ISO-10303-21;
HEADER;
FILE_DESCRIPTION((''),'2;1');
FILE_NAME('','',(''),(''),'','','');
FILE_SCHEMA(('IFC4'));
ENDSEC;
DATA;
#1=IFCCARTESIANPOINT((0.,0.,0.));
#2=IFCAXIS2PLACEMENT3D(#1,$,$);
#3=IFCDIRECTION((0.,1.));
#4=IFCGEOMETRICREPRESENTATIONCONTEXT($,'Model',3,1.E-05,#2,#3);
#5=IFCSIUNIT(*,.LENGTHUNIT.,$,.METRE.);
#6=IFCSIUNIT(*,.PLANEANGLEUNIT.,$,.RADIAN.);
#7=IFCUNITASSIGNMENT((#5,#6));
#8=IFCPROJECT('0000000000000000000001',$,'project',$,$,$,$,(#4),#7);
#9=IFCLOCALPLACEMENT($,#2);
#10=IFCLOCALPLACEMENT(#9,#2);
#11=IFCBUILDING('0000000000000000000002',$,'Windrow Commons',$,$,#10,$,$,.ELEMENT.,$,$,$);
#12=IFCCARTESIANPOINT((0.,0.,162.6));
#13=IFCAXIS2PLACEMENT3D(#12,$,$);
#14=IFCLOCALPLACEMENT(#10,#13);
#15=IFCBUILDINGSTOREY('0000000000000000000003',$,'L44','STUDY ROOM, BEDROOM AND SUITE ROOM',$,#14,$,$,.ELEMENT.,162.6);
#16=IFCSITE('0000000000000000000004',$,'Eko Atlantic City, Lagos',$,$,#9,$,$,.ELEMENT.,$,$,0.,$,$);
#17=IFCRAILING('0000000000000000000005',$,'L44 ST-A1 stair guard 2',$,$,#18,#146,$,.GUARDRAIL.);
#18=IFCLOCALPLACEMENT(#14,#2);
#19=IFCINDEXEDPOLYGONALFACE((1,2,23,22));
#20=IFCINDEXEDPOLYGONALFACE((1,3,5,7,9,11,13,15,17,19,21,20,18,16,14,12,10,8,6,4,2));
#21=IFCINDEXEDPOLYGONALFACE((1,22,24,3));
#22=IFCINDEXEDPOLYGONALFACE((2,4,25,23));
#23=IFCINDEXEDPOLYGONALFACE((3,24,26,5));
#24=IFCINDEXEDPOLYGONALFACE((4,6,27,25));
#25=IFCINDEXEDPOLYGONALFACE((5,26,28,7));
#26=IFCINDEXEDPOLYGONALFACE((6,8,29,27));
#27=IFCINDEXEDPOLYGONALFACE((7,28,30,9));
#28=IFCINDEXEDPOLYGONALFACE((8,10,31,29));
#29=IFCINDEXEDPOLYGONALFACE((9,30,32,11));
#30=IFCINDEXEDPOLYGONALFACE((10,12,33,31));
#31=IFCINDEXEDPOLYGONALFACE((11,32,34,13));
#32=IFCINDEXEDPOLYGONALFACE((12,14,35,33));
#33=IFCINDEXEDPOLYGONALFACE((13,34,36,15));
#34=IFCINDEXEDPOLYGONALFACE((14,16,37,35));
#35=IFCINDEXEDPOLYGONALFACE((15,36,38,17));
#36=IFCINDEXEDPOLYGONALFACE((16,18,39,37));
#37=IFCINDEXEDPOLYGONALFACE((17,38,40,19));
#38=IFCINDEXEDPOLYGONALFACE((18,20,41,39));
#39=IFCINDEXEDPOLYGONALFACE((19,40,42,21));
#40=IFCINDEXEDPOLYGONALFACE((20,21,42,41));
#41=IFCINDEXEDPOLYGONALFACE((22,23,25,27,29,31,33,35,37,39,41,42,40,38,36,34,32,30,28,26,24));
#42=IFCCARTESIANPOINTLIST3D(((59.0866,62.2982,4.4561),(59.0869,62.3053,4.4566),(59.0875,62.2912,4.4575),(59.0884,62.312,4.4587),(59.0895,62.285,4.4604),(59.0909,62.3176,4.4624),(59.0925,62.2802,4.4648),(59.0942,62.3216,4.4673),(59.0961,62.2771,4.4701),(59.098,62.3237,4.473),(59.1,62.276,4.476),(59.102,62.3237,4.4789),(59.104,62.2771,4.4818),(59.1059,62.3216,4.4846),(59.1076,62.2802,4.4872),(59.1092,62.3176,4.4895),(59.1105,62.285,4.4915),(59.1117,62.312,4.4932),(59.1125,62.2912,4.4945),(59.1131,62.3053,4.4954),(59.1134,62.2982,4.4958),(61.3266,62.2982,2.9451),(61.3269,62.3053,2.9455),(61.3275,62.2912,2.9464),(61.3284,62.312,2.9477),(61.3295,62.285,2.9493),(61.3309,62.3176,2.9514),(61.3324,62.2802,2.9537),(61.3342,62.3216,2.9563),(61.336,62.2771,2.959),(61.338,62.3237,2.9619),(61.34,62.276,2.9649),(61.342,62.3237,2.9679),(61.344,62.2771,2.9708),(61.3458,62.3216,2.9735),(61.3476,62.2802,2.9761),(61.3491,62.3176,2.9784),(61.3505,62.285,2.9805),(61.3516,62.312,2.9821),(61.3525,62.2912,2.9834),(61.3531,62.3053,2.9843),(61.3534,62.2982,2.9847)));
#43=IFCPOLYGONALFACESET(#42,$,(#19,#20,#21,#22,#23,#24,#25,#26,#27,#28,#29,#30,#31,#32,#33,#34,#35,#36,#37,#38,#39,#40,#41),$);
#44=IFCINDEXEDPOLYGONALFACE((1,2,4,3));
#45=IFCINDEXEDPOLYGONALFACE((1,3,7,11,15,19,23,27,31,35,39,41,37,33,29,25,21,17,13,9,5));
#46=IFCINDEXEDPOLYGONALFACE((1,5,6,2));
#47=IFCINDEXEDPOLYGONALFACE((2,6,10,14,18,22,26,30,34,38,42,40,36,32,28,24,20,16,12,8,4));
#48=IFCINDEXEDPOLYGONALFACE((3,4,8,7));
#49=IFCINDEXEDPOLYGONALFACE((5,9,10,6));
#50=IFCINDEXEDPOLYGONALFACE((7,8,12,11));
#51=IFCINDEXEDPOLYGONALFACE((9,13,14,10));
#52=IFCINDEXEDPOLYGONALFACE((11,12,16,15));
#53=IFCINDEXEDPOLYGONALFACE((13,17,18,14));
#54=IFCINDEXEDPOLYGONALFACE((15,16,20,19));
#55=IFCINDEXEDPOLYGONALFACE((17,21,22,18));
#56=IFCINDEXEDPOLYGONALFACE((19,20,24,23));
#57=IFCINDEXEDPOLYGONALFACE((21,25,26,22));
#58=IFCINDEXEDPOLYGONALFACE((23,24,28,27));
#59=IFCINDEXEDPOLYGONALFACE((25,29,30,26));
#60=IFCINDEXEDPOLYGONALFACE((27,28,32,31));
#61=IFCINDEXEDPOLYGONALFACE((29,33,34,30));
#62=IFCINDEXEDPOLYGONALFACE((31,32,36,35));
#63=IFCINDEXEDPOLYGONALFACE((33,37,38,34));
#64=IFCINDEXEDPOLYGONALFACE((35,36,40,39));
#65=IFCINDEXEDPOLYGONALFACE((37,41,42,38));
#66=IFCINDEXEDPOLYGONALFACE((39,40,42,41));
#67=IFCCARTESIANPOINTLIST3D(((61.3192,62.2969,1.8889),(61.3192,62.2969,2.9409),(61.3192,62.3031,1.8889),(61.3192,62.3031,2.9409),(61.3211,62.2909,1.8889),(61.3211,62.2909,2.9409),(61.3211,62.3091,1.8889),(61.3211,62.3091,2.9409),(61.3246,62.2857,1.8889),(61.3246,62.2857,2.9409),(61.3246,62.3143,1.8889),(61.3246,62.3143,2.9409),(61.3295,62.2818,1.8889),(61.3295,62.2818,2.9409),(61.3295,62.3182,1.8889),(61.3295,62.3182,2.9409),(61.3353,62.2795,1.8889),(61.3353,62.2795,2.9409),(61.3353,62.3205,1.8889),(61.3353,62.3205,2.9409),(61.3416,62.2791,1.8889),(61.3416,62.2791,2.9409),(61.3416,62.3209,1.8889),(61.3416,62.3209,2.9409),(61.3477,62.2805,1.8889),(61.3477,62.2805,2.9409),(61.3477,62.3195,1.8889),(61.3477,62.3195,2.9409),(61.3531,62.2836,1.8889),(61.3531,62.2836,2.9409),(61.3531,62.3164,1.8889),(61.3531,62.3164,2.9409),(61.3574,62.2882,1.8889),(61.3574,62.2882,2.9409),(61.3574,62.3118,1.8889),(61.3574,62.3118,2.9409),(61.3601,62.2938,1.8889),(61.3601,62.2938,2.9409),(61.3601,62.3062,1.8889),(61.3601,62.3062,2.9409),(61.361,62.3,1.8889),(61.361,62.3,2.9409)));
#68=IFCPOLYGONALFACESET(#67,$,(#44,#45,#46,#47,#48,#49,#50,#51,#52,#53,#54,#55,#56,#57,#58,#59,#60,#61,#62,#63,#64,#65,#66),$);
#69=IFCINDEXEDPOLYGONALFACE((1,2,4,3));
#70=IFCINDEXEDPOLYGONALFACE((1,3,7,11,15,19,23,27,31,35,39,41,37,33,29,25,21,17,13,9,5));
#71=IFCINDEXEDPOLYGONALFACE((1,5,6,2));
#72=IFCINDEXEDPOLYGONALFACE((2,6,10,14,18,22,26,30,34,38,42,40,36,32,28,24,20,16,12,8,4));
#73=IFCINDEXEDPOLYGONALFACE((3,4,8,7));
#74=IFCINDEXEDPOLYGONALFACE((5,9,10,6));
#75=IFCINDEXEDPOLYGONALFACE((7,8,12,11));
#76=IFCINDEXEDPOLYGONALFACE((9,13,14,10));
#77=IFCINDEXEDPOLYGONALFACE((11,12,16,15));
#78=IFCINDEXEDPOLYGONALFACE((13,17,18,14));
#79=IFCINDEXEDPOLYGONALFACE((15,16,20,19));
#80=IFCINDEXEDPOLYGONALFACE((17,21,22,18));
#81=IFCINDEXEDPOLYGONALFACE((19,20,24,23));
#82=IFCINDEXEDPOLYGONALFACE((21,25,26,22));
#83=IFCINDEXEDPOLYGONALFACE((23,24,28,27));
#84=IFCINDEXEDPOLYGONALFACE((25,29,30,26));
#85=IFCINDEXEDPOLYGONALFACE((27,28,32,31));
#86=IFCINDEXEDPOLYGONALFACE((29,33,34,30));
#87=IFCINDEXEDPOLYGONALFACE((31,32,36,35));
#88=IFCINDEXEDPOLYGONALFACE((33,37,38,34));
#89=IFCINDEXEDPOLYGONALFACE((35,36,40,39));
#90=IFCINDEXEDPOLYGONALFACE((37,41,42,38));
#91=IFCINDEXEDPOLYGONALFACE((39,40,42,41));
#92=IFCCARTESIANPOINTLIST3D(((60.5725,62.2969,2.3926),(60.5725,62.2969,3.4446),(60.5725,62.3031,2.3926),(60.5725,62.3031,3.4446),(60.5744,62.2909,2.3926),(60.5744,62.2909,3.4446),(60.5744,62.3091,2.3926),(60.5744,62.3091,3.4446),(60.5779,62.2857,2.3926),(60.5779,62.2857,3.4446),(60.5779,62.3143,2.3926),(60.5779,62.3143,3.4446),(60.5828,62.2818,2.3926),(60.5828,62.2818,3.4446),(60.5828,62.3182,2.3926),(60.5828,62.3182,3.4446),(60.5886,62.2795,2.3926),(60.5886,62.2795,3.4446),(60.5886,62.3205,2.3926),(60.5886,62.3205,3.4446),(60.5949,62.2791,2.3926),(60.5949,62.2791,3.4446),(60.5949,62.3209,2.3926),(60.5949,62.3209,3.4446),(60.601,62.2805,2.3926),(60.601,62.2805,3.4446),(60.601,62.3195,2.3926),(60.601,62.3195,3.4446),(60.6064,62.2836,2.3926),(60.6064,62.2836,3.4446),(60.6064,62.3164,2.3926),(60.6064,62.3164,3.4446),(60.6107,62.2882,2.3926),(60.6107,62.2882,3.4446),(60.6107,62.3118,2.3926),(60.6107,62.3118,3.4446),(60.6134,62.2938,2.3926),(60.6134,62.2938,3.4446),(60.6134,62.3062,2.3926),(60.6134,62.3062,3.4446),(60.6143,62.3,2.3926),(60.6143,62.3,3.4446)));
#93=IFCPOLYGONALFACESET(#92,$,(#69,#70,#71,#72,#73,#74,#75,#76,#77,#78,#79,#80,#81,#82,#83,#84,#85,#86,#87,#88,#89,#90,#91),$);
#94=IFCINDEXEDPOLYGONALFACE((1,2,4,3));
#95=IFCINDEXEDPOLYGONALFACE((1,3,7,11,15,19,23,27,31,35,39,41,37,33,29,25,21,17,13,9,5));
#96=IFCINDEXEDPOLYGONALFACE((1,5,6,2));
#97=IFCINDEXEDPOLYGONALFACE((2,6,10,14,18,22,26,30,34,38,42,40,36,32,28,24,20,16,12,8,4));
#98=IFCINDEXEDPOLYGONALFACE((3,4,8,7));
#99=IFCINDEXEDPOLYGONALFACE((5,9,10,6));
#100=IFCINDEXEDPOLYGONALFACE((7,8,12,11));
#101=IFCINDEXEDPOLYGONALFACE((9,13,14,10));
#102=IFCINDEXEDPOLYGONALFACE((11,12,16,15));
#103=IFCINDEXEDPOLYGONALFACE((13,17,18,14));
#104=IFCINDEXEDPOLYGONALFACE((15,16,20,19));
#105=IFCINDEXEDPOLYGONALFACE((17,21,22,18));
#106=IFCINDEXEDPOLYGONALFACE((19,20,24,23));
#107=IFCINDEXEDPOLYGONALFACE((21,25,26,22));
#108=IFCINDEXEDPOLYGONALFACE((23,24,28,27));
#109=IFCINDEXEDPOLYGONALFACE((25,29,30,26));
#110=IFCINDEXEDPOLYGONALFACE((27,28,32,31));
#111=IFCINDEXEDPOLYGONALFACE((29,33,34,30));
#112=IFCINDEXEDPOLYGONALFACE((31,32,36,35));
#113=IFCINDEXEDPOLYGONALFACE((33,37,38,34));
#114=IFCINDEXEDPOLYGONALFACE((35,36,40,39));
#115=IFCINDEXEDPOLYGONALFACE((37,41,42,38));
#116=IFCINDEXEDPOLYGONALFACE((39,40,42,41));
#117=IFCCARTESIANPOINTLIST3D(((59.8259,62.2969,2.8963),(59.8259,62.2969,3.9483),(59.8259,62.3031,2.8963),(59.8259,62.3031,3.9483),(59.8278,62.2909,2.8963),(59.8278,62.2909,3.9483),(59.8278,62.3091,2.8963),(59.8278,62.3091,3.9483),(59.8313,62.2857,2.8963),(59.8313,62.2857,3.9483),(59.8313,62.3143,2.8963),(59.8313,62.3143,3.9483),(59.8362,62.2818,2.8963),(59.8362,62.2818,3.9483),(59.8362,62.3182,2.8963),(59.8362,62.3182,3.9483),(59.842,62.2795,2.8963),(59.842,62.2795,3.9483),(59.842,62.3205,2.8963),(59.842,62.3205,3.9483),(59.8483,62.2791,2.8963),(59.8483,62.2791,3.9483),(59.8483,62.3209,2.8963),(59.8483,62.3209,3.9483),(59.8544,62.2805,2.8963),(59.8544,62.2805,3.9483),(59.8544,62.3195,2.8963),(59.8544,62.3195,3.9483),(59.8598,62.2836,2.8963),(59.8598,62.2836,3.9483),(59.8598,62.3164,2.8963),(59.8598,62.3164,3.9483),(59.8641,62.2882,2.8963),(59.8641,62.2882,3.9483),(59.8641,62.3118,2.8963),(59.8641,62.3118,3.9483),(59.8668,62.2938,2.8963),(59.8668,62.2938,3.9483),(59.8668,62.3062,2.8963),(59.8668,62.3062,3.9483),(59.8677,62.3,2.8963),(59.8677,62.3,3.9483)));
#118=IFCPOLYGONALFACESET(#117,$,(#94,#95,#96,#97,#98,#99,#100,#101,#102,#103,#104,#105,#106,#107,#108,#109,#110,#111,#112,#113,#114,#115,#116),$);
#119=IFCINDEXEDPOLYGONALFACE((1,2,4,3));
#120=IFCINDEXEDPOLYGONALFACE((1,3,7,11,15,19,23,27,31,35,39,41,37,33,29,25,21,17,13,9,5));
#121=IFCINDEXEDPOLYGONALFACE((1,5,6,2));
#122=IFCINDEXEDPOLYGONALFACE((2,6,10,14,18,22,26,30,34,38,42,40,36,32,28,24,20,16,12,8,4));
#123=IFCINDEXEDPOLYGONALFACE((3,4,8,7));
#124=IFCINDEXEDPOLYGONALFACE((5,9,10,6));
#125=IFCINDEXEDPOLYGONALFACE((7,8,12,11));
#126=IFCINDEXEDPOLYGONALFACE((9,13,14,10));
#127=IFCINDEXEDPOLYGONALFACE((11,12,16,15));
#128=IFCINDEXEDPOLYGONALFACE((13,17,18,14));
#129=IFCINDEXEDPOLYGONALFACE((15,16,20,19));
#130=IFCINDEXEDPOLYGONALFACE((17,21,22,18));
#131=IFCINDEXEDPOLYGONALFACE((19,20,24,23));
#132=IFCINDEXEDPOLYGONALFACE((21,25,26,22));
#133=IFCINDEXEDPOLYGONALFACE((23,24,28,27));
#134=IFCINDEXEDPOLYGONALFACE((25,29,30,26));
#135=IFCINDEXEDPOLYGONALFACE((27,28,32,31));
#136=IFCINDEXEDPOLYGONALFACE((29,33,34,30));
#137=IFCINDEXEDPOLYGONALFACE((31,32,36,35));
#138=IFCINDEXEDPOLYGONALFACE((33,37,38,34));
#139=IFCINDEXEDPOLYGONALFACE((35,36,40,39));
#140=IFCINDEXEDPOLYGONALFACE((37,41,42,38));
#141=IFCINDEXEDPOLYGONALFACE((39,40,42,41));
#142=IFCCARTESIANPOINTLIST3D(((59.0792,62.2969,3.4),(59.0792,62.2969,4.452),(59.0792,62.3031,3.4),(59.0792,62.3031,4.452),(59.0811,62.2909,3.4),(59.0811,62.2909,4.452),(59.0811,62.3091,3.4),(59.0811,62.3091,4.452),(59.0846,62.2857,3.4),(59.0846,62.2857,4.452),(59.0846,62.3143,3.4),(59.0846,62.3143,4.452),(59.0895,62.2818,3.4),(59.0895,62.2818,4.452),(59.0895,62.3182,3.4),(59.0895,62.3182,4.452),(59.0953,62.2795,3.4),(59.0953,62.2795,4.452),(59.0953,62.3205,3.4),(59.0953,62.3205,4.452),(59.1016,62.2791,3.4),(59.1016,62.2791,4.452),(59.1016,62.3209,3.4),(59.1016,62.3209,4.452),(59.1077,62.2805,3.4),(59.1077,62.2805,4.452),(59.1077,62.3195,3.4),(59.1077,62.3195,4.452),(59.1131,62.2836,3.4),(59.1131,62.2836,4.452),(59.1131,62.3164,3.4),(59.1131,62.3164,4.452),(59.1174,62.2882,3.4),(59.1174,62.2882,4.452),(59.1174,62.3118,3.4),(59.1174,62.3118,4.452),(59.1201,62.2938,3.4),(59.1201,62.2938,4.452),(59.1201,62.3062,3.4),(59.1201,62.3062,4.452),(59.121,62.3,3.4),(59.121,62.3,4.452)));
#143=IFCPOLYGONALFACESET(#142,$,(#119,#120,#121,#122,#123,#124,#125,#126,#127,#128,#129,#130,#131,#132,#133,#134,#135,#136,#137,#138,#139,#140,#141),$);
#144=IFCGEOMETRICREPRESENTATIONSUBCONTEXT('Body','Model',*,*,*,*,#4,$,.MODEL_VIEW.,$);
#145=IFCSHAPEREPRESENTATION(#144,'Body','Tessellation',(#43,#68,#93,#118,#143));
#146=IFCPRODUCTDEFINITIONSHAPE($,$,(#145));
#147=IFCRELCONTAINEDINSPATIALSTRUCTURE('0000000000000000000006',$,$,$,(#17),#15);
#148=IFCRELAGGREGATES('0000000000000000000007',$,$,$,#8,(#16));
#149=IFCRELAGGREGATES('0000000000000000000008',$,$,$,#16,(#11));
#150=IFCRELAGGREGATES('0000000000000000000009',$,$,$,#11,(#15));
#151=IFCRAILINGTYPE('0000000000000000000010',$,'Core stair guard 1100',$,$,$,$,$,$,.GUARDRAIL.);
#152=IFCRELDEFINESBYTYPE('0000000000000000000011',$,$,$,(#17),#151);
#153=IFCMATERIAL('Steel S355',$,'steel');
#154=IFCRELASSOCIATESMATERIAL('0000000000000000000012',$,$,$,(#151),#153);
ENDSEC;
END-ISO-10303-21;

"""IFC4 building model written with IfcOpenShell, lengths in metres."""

from ifc_helpers import new_model, si_unit, direction, frame, origin, origin_2d, place, context, subcontext, project, spatial, circle, extrude, material, type_object, element, save


model = new_model("IFC4")

# Units and contexts
model_context = context("Model", 3, precision=1e-05, world=origin(), true_north=direction((0.0, 1.0)))
body_context = subcontext(model_context, "Body", "Model", "MODEL_VIEW")
ifc_project = project(units=[si_unit("LENGTHUNIT", "METRE"), si_unit("PLANEANGLEUNIT", "RADIAN")], contexts=[model_context])

# Site, building, storey
site_placement = place(None, origin())
site = spatial("IfcSite", under=ifc_project, at=site_placement, Name="Eko Atlantic City, Lagos", CompositionType="ELEMENT", RefElevation=0.0)
building_placement = place(site_placement, origin())
building = spatial("IfcBuilding", under=site, at=building_placement, Name="Windrow Commons", CompositionType="ELEMENT")
storey_placement = place(building_placement, frame((0.0, 0.0, 162.6)))
storey = spatial("IfcBuildingStorey", under=building, at=storey_placement, Name="L44", Description="STUDY ROOM, BEDROOM AND SUITE ROOM", CompositionType="ELEMENT", Elevation=162.6)

# Railing
ifc_material_1 = material(Name="Steel S355", Category="steel")
railing_type = type_object("IfcRailingType", Name="Core stair guard 1100", PredefinedType="GUARDRAIL", material=ifc_material_1)
railing_1_placement = place(storey_placement, frame((61.34, 62.3, 1.8889)))
element("IfcRailing", 1, at=railing_1_placement, inside=storey, type_object=railing_type, Name="L44 ST-A1 stair guard 2", PredefinedType="GUARDRAIL", context=body_context, shape_type="SweptSolid", body=[
    extrude(circle(Radius=0.024, at=origin_2d()), frame((0.0, 0.0, 1.076), z_axis=(-0.829003, 0.0, 0.559244), x_axis=(0.0, -1.0, 0.0)), (0.0, 0.0, 1.0), 2.702),
    extrude(circle(Radius=0.021, at=origin_2d()), origin(), (0.0, 0.0, 1.0), 1.052),
    extrude(circle(Radius=0.021, at=origin_2d()), frame((-0.7467, 0.0, 0.5037)), (0.0, 0.0, 1.0), 1.052),
    extrude(circle(Radius=0.021, at=origin_2d()), frame((-1.4933, 0.0, 1.0074)), (0.0, 0.0, 1.0), 1.052),
    extrude(circle(Radius=0.021, at=origin_2d()), frame((-2.24, 0.0, 1.5111)), (0.0, 0.0, 1.0), 1.052),
])

save(model, "model.ifc")
